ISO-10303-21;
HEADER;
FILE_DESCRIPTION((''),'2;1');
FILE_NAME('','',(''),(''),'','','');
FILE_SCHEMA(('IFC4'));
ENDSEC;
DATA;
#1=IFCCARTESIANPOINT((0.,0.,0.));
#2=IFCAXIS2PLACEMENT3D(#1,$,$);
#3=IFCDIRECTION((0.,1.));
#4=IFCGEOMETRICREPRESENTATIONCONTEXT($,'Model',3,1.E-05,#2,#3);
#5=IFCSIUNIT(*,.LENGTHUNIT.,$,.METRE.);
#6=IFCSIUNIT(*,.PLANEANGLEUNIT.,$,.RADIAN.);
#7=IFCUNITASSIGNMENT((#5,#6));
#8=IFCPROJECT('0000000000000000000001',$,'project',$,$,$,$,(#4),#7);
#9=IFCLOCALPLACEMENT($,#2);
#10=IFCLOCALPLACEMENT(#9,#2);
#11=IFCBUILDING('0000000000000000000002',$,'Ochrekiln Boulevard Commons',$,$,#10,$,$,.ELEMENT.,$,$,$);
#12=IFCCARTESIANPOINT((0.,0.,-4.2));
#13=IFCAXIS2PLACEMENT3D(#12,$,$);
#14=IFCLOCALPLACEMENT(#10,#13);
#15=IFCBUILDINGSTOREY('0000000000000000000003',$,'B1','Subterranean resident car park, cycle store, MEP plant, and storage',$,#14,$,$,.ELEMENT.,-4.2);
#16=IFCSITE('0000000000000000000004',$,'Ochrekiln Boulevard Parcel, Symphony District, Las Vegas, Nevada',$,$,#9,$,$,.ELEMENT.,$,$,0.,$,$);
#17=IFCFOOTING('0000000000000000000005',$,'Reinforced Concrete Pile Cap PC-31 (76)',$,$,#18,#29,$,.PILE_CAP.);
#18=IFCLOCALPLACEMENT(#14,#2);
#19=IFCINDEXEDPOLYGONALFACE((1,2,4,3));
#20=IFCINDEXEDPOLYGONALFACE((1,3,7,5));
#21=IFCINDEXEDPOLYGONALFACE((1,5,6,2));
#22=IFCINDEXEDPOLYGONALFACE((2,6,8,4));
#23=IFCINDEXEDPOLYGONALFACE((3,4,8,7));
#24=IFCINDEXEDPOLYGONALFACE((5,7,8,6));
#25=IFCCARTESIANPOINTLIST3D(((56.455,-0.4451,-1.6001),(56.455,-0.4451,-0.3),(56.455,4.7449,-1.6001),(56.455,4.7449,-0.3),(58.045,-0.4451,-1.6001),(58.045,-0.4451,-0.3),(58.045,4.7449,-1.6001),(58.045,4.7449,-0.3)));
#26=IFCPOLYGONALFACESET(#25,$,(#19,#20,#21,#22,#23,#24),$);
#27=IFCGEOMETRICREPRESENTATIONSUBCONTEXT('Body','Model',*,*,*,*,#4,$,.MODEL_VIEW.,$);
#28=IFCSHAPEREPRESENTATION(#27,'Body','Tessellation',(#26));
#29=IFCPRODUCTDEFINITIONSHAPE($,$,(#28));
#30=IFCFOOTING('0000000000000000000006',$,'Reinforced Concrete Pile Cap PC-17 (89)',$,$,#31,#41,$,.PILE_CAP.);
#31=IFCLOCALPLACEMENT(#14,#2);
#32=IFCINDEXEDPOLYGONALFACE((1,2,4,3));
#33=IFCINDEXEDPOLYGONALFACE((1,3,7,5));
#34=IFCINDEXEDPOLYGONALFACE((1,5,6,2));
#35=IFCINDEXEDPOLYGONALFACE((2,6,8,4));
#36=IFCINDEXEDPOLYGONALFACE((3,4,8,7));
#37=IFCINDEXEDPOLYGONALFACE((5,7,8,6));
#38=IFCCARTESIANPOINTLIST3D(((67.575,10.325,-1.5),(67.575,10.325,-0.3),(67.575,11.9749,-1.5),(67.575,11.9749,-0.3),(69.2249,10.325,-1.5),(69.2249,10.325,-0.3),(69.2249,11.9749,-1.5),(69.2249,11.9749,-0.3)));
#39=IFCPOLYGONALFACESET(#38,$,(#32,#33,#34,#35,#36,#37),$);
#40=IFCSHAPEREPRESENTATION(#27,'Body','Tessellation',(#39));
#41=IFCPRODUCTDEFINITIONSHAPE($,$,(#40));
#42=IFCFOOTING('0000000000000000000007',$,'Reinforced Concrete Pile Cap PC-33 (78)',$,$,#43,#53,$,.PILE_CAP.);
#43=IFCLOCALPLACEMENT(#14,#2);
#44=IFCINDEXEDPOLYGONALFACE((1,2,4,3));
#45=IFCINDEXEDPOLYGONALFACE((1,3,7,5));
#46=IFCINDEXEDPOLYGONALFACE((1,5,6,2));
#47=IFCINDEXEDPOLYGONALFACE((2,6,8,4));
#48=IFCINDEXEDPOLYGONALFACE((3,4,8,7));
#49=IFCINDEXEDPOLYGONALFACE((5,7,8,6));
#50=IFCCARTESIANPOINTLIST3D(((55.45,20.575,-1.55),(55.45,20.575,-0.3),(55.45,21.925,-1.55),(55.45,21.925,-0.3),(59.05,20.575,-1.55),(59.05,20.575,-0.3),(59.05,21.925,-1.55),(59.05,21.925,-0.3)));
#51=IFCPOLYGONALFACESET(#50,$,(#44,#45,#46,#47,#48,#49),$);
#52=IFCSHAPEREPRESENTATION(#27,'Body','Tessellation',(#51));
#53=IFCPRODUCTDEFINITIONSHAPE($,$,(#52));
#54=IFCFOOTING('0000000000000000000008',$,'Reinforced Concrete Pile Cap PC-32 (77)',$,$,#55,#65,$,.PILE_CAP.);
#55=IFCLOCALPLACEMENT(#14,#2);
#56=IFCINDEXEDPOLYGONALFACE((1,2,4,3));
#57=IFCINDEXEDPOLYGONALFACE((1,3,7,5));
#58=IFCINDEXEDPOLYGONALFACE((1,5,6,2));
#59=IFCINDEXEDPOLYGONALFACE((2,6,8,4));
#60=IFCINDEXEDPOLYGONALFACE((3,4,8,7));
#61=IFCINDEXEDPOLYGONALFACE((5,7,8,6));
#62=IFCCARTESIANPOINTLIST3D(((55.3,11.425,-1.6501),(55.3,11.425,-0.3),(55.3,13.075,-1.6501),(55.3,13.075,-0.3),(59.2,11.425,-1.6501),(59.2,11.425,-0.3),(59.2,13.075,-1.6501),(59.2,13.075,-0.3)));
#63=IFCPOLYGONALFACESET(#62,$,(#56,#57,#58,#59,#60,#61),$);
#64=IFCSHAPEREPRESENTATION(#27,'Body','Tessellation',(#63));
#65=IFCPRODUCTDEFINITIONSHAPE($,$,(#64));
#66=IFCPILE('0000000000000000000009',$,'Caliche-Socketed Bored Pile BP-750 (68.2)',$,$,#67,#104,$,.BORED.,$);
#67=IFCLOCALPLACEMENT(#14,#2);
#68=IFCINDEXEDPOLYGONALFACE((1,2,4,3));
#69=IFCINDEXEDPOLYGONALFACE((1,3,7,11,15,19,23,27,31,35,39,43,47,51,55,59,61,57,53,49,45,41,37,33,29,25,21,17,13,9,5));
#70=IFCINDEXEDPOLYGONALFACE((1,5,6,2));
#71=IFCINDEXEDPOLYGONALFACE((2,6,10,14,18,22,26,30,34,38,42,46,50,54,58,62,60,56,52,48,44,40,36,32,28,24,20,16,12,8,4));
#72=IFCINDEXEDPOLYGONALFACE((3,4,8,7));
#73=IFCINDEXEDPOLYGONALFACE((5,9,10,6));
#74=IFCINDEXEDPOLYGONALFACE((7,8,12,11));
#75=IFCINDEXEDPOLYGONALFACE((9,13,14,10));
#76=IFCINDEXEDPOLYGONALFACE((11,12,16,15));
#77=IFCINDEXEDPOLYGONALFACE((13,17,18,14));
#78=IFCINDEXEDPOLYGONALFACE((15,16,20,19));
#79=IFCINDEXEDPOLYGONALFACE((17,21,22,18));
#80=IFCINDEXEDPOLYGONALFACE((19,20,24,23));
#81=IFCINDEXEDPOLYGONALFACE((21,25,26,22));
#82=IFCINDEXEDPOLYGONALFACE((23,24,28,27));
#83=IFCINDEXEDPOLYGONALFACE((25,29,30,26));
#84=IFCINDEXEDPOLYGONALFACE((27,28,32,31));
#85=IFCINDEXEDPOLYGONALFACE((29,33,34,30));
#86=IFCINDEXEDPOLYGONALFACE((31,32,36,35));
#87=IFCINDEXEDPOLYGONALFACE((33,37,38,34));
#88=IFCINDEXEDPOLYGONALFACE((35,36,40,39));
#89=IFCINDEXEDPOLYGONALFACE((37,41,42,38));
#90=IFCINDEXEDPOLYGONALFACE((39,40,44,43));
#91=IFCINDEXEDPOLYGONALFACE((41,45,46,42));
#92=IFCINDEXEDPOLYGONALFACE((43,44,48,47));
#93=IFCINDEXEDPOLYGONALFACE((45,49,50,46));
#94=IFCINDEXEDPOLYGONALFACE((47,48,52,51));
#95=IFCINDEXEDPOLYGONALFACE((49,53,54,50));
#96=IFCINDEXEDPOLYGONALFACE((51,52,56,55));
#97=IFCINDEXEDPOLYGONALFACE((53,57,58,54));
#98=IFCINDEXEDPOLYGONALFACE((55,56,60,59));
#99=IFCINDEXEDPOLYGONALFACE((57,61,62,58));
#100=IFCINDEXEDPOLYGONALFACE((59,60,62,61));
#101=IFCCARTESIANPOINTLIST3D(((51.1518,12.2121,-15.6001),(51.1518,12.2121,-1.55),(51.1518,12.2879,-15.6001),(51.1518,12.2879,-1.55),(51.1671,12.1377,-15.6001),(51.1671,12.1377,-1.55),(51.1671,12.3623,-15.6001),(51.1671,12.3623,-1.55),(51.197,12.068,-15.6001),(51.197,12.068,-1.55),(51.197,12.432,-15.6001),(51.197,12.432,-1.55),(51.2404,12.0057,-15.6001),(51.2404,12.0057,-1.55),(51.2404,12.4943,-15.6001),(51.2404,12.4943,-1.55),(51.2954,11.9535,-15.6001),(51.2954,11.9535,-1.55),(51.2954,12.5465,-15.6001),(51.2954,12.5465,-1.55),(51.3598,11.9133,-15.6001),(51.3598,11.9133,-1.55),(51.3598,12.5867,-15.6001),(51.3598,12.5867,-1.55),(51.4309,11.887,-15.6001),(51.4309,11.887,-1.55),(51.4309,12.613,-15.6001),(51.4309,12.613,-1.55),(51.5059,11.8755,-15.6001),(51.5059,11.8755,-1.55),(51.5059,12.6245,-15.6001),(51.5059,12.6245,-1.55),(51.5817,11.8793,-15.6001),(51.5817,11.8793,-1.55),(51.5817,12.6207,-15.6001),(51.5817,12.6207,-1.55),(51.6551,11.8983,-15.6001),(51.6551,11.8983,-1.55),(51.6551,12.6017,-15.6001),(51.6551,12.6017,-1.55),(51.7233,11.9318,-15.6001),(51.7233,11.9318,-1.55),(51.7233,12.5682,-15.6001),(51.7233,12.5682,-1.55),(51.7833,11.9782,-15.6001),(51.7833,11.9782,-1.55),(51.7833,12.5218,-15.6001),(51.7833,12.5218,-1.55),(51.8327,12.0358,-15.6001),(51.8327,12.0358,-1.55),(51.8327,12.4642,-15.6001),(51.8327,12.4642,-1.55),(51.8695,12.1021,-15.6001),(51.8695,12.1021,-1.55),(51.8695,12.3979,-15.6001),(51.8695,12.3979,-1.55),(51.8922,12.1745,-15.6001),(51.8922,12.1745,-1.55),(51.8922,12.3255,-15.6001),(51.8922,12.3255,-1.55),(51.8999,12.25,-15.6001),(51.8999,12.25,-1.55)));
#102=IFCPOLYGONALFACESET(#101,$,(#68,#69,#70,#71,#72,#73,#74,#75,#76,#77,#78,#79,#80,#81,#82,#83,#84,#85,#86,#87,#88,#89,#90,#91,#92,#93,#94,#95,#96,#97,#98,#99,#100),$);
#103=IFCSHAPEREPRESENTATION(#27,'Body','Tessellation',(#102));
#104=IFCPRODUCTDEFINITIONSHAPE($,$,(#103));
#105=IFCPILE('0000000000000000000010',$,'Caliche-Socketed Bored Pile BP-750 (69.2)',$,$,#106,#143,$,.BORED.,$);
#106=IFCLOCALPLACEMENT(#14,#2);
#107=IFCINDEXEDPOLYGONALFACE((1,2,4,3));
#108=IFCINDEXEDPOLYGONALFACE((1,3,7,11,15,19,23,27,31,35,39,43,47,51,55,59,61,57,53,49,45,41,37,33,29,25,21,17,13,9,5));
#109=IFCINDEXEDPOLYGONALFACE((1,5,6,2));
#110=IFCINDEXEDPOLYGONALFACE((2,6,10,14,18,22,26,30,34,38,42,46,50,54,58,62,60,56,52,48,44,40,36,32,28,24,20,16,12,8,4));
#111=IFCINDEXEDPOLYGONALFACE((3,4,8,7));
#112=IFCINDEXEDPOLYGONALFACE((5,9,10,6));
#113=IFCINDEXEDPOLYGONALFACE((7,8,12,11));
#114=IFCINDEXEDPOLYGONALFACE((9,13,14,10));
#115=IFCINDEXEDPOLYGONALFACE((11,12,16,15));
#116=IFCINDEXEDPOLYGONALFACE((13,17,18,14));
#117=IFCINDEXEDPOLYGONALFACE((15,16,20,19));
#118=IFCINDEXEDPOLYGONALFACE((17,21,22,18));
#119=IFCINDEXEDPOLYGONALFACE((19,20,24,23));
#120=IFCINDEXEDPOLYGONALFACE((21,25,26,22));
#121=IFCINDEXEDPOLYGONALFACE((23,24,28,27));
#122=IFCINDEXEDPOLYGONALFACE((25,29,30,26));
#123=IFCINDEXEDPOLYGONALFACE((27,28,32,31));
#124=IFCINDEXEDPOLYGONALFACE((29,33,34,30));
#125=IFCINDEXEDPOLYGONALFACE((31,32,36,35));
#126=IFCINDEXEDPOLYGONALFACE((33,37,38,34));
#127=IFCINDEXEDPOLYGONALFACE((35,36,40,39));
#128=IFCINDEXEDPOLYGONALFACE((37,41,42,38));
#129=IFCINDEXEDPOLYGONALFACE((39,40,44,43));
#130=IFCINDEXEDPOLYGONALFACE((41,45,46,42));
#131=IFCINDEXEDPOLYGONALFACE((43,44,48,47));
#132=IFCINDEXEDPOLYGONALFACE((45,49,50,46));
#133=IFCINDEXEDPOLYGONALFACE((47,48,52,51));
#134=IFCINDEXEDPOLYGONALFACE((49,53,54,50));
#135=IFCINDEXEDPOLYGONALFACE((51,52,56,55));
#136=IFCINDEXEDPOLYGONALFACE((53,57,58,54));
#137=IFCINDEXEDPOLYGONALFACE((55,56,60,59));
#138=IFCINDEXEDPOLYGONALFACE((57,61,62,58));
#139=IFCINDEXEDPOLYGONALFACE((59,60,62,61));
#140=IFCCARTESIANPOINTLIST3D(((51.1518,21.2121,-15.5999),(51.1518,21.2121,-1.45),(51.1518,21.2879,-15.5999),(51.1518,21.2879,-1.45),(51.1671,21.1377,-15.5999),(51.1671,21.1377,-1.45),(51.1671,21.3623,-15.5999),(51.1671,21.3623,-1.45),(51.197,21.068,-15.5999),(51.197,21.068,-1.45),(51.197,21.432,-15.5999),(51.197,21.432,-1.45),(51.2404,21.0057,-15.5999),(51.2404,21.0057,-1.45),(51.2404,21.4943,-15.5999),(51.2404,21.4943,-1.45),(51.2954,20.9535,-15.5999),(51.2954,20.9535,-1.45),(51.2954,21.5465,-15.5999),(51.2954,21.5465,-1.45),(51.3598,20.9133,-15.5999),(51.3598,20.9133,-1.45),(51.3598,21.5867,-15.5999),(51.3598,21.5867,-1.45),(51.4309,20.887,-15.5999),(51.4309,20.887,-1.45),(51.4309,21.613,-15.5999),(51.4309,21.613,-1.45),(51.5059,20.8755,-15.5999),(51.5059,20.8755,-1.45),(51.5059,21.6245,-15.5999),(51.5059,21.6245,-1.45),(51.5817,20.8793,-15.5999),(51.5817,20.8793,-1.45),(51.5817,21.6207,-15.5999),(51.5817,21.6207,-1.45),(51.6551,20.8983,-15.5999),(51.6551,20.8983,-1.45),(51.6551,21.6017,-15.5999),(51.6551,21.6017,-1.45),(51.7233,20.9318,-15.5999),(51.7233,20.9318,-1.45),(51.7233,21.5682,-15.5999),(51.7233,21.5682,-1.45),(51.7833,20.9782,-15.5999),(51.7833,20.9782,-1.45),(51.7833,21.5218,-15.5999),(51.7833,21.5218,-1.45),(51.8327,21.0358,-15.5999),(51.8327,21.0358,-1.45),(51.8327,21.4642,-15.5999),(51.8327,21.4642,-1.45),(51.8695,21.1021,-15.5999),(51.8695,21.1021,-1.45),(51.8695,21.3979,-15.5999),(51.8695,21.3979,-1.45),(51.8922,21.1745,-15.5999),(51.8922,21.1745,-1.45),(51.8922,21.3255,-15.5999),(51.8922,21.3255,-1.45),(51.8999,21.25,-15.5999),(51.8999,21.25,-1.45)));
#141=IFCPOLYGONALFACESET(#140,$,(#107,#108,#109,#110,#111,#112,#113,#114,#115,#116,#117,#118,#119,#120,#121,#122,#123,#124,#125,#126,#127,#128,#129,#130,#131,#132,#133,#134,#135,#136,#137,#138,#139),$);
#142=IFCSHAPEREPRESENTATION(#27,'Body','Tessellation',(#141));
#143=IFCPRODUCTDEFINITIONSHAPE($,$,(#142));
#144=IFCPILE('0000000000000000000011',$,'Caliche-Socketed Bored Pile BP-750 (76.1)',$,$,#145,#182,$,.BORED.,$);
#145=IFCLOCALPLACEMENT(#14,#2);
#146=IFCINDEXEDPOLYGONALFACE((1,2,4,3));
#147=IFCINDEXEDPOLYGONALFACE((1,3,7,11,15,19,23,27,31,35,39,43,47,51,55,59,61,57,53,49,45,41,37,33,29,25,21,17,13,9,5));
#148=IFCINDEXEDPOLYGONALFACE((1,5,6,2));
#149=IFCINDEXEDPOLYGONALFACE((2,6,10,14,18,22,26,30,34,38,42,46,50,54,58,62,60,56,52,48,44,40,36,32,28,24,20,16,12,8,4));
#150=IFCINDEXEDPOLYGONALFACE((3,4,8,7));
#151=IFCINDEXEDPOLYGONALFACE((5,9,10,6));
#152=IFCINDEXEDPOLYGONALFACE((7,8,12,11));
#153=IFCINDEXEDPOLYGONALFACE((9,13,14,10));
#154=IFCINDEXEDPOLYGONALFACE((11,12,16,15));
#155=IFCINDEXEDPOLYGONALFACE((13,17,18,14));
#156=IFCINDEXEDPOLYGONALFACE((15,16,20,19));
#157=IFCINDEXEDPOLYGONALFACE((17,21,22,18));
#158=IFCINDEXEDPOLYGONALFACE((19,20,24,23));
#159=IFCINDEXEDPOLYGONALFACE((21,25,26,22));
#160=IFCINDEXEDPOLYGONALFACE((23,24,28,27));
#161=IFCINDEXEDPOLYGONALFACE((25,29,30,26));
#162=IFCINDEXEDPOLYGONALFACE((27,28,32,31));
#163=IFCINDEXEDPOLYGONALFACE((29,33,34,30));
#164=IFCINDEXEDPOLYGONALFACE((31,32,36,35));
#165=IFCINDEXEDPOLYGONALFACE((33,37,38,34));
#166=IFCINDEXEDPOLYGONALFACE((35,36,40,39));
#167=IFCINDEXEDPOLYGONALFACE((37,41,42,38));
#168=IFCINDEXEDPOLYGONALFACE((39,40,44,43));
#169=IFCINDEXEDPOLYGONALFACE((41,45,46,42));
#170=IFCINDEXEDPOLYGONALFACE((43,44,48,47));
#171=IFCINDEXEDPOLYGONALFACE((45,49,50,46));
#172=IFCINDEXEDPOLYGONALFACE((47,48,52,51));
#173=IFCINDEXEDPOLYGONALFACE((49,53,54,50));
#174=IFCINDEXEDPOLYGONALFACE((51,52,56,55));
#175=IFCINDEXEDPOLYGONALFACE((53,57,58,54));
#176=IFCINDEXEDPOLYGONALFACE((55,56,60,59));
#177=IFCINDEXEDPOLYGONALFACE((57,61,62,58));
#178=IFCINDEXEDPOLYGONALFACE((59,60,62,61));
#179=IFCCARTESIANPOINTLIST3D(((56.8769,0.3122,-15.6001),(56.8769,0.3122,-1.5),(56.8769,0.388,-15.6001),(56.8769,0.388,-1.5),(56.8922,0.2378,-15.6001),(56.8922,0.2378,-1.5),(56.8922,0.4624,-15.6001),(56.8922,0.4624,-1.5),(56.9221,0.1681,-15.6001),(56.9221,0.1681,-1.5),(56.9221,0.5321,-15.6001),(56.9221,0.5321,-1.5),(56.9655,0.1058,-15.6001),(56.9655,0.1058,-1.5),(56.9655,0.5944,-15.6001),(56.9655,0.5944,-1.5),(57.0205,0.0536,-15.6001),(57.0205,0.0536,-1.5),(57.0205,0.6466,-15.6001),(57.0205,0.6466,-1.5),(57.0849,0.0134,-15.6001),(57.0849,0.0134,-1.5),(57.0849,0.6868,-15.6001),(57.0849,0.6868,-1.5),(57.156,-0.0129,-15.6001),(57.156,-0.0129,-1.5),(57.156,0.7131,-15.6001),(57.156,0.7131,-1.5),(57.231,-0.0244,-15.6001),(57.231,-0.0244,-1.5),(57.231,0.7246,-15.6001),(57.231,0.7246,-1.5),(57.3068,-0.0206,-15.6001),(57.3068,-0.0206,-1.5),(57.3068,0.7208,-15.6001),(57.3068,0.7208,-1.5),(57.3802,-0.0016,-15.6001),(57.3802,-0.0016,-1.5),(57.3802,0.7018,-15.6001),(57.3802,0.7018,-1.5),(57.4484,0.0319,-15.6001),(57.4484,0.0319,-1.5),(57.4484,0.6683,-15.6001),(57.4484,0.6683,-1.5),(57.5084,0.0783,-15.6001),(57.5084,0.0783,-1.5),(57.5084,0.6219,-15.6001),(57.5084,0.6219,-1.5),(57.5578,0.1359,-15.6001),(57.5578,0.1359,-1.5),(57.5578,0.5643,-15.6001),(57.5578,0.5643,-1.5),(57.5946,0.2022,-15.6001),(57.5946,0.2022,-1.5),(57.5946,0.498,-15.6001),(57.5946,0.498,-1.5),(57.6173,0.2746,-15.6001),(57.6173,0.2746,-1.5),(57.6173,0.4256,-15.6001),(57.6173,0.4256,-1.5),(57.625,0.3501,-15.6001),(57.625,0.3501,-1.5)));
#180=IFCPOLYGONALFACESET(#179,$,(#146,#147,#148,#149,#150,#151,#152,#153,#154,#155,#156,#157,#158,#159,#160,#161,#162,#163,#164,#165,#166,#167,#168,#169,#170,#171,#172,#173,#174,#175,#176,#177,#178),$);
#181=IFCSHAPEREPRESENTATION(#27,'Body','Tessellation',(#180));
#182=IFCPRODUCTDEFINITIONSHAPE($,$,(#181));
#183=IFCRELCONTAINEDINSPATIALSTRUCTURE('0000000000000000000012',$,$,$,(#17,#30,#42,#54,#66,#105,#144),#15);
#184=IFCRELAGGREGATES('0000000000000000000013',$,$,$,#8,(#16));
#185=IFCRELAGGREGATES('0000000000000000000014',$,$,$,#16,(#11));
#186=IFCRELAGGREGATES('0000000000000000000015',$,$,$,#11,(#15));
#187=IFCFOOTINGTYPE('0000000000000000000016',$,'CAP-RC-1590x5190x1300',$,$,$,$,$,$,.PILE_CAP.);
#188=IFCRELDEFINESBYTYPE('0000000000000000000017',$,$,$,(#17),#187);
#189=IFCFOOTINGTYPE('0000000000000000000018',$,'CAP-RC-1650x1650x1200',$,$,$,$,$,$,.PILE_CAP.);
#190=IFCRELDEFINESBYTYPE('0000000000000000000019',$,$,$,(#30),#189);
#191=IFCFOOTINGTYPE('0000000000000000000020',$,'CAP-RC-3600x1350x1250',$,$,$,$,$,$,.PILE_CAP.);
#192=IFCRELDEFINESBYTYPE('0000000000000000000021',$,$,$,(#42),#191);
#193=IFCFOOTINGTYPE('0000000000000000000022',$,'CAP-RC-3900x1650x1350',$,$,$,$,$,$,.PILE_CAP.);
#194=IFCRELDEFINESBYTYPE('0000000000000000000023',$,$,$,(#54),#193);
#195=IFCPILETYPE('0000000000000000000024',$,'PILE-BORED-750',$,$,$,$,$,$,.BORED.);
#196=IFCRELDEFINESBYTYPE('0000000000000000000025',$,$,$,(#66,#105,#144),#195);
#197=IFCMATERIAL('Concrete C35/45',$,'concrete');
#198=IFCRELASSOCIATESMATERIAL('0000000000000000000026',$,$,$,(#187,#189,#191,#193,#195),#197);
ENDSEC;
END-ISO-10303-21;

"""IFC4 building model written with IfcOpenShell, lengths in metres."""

from ifc_helpers import new_model, si_unit, direction, frame, origin, origin_2d, place, context, subcontext, project, spatial, rectangle, circle, extrude, material, material_profile, profile_set, type_object, element, save


model = new_model("IFC4")

# Units and contexts
model_context = context("Model", 3, precision=1e-05, world=origin(), true_north=direction((0.0, 1.0)))
body_context = subcontext(model_context, "Body", "Model", "MODEL_VIEW")
ifc_project = project(units=[si_unit("LENGTHUNIT", "METRE"), si_unit("PLANEANGLEUNIT", "RADIAN")], contexts=[model_context])

# Site, building, storey
site_placement = place(None, origin())
site = spatial("IfcSite", under=ifc_project, at=site_placement, Name="Ochrekiln Boulevard Parcel, Symphony District, Las Vegas, Nevada", CompositionType="ELEMENT", RefElevation=0.0)
building_placement = place(site_placement, origin())
building = spatial("IfcBuilding", under=site, at=building_placement, Name="Ochrekiln Boulevard Commons", CompositionType="ELEMENT")
storey_placement = place(building_placement, frame((0.0, 0.0, -4.2)))
storey = spatial("IfcBuildingStorey", under=building, at=storey_placement, Name="B1", Description="Subterranean resident car park, cycle store, MEP plant, and storage", CompositionType="ELEMENT", Elevation=-4.2)

# Footings
ifc_material_1 = material(Name="Concrete C35/45", Category="concrete")
footing_type_1 = type_object("IfcFootingType", Name="CAP-RC-1590x5190x1300", PredefinedType="PILE_CAP", material=ifc_material_1)
footing_1_placement = place(storey_placement, frame((57.25, 2.1499, -1.6001), z_axis=(0.0, 0.0, 1.0), x_axis=(1.0, 0.0, 0.0)))
element("IfcFooting", 1, at=footing_1_placement, inside=storey, type_object=footing_type_1, Name="Reinforced Concrete Pile Cap PC-31 (76)", PredefinedType="PILE_CAP", context=body_context, shape_type="SweptSolid", body=[
    extrude(rectangle(XDim=1.5901, YDim=5.1899, at=origin_2d()), origin(), (0.0, 0.0, 1.0), 1.3),
])
footing_type_2 = type_object("IfcFootingType", Name="CAP-RC-1650x1650x1200", PredefinedType="PILE_CAP", material=ifc_material_1)
footing_2_placement = place(storey_placement, frame((68.3999, 11.1499, -1.5), z_axis=(0.0, 0.0, 1.0), x_axis=(1.0, 0.0, 0.0)))
element("IfcFooting", 2, at=footing_2_placement, inside=storey, type_object=footing_type_2, Name="Reinforced Concrete Pile Cap PC-17 (89)", PredefinedType="PILE_CAP", context=body_context, shape_type="SweptSolid", body=[
    extrude(rectangle(XDim=1.6499, YDim=1.6499, at=origin_2d()), origin(), (0.0, 0.0, 1.0), 1.2),
])
footing_type_3 = type_object("IfcFootingType", Name="CAP-RC-3600x1350x1250", PredefinedType="PILE_CAP", material=ifc_material_1)
footing_3_placement = place(storey_placement, frame((57.25, 21.25, -1.55), z_axis=(0.0, 0.0, 1.0), x_axis=(1.0, 0.0, 0.0)))
element("IfcFooting", 3, at=footing_3_placement, inside=storey, type_object=footing_type_3, Name="Reinforced Concrete Pile Cap PC-33 (78)", PredefinedType="PILE_CAP", context=body_context, shape_type="SweptSolid", body=[
    extrude(rectangle(XDim=3.6001, YDim=1.3501, at=origin_2d()), origin(), (0.0, 0.0, 1.0), 1.25),
])
footing_type_4 = type_object("IfcFootingType", Name="CAP-RC-3900x1650x1350", PredefinedType="PILE_CAP", material=ifc_material_1)
footing_4_placement = place(storey_placement, frame((57.25, 12.25, -1.6501), z_axis=(0.0, 0.0, 1.0), x_axis=(1.0, 0.0, 0.0)))
element("IfcFooting", 4, at=footing_4_placement, inside=storey, type_object=footing_type_4, Name="Reinforced Concrete Pile Cap PC-32 (77)", PredefinedType="PILE_CAP", context=body_context, shape_type="SweptSolid", body=[
    extrude(rectangle(XDim=3.8999, YDim=1.6499, at=origin_2d()), origin(), (0.0, 0.0, 1.0), 1.3501),
])

# Piles
ifc_material_profile_1 = material_profile(ifc_material_1, circle(Radius=0.375, at=origin_2d()), Name="PILE-D750")
ifc_profile_set_1 = profile_set([ifc_material_profile_1], Name="Concrete C35/45")
pile_type = type_object("IfcPileType", Name="PILE-BORED-750", PredefinedType="BORED", material=ifc_profile_set_1)
pile_1_placement = place(storey_placement, frame((51.5249, 12.25, -1.55), z_axis=(0.0, 0.0, -1.0), x_axis=(1.0, 0.0, 0.0)))
element("IfcPile", 5, at=pile_1_placement, inside=storey, type_object=pile_type, Name="Caliche-Socketed Bored Pile BP-750 (68.2)", PredefinedType="BORED", context=body_context, shape_type="SweptSolid", body=[
    extrude(circle(Radius=0.375, at=origin_2d()), origin(), (0.0, 0.0, 1.0), 14.05),
])
pile_2_placement = place(storey_placement, frame((51.5249, 21.25, -1.45), z_axis=(0.0, 0.0, -1.0), x_axis=(1.0, 0.0, 0.0)))
element("IfcPile", 6, at=pile_2_placement, inside=storey, type_object=pile_type, Name="Caliche-Socketed Bored Pile BP-750 (69.2)", PredefinedType="BORED", context=body_context, shape_type="SweptSolid", body=[
    extrude(circle(Radius=0.375, at=origin_2d()), origin(), (0.0, 0.0, 1.0), 14.1499),
])
for number, where, z_axis, x_axis, name in (
    (7, (57.25, 0.3501, -1.5), (0.0, 0.0, -1.0), (1.0, 0.0, 0.0), "Caliche-Socketed Bored Pile BP-750 (76.1)"),
):
    element("IfcPile", number, at=place(storey_placement, frame(where, z_axis=z_axis, x_axis=x_axis)), inside=storey, type_object=pile_type, Name=name, PredefinedType="BORED", context=body_context, shape_type="SweptSolid", body=[
        extrude(circle(Radius=0.375, at=origin_2d()), origin(), (0.0, 0.0, 1.0), 14.1001),
    ])

save(model, "model.ifc")
